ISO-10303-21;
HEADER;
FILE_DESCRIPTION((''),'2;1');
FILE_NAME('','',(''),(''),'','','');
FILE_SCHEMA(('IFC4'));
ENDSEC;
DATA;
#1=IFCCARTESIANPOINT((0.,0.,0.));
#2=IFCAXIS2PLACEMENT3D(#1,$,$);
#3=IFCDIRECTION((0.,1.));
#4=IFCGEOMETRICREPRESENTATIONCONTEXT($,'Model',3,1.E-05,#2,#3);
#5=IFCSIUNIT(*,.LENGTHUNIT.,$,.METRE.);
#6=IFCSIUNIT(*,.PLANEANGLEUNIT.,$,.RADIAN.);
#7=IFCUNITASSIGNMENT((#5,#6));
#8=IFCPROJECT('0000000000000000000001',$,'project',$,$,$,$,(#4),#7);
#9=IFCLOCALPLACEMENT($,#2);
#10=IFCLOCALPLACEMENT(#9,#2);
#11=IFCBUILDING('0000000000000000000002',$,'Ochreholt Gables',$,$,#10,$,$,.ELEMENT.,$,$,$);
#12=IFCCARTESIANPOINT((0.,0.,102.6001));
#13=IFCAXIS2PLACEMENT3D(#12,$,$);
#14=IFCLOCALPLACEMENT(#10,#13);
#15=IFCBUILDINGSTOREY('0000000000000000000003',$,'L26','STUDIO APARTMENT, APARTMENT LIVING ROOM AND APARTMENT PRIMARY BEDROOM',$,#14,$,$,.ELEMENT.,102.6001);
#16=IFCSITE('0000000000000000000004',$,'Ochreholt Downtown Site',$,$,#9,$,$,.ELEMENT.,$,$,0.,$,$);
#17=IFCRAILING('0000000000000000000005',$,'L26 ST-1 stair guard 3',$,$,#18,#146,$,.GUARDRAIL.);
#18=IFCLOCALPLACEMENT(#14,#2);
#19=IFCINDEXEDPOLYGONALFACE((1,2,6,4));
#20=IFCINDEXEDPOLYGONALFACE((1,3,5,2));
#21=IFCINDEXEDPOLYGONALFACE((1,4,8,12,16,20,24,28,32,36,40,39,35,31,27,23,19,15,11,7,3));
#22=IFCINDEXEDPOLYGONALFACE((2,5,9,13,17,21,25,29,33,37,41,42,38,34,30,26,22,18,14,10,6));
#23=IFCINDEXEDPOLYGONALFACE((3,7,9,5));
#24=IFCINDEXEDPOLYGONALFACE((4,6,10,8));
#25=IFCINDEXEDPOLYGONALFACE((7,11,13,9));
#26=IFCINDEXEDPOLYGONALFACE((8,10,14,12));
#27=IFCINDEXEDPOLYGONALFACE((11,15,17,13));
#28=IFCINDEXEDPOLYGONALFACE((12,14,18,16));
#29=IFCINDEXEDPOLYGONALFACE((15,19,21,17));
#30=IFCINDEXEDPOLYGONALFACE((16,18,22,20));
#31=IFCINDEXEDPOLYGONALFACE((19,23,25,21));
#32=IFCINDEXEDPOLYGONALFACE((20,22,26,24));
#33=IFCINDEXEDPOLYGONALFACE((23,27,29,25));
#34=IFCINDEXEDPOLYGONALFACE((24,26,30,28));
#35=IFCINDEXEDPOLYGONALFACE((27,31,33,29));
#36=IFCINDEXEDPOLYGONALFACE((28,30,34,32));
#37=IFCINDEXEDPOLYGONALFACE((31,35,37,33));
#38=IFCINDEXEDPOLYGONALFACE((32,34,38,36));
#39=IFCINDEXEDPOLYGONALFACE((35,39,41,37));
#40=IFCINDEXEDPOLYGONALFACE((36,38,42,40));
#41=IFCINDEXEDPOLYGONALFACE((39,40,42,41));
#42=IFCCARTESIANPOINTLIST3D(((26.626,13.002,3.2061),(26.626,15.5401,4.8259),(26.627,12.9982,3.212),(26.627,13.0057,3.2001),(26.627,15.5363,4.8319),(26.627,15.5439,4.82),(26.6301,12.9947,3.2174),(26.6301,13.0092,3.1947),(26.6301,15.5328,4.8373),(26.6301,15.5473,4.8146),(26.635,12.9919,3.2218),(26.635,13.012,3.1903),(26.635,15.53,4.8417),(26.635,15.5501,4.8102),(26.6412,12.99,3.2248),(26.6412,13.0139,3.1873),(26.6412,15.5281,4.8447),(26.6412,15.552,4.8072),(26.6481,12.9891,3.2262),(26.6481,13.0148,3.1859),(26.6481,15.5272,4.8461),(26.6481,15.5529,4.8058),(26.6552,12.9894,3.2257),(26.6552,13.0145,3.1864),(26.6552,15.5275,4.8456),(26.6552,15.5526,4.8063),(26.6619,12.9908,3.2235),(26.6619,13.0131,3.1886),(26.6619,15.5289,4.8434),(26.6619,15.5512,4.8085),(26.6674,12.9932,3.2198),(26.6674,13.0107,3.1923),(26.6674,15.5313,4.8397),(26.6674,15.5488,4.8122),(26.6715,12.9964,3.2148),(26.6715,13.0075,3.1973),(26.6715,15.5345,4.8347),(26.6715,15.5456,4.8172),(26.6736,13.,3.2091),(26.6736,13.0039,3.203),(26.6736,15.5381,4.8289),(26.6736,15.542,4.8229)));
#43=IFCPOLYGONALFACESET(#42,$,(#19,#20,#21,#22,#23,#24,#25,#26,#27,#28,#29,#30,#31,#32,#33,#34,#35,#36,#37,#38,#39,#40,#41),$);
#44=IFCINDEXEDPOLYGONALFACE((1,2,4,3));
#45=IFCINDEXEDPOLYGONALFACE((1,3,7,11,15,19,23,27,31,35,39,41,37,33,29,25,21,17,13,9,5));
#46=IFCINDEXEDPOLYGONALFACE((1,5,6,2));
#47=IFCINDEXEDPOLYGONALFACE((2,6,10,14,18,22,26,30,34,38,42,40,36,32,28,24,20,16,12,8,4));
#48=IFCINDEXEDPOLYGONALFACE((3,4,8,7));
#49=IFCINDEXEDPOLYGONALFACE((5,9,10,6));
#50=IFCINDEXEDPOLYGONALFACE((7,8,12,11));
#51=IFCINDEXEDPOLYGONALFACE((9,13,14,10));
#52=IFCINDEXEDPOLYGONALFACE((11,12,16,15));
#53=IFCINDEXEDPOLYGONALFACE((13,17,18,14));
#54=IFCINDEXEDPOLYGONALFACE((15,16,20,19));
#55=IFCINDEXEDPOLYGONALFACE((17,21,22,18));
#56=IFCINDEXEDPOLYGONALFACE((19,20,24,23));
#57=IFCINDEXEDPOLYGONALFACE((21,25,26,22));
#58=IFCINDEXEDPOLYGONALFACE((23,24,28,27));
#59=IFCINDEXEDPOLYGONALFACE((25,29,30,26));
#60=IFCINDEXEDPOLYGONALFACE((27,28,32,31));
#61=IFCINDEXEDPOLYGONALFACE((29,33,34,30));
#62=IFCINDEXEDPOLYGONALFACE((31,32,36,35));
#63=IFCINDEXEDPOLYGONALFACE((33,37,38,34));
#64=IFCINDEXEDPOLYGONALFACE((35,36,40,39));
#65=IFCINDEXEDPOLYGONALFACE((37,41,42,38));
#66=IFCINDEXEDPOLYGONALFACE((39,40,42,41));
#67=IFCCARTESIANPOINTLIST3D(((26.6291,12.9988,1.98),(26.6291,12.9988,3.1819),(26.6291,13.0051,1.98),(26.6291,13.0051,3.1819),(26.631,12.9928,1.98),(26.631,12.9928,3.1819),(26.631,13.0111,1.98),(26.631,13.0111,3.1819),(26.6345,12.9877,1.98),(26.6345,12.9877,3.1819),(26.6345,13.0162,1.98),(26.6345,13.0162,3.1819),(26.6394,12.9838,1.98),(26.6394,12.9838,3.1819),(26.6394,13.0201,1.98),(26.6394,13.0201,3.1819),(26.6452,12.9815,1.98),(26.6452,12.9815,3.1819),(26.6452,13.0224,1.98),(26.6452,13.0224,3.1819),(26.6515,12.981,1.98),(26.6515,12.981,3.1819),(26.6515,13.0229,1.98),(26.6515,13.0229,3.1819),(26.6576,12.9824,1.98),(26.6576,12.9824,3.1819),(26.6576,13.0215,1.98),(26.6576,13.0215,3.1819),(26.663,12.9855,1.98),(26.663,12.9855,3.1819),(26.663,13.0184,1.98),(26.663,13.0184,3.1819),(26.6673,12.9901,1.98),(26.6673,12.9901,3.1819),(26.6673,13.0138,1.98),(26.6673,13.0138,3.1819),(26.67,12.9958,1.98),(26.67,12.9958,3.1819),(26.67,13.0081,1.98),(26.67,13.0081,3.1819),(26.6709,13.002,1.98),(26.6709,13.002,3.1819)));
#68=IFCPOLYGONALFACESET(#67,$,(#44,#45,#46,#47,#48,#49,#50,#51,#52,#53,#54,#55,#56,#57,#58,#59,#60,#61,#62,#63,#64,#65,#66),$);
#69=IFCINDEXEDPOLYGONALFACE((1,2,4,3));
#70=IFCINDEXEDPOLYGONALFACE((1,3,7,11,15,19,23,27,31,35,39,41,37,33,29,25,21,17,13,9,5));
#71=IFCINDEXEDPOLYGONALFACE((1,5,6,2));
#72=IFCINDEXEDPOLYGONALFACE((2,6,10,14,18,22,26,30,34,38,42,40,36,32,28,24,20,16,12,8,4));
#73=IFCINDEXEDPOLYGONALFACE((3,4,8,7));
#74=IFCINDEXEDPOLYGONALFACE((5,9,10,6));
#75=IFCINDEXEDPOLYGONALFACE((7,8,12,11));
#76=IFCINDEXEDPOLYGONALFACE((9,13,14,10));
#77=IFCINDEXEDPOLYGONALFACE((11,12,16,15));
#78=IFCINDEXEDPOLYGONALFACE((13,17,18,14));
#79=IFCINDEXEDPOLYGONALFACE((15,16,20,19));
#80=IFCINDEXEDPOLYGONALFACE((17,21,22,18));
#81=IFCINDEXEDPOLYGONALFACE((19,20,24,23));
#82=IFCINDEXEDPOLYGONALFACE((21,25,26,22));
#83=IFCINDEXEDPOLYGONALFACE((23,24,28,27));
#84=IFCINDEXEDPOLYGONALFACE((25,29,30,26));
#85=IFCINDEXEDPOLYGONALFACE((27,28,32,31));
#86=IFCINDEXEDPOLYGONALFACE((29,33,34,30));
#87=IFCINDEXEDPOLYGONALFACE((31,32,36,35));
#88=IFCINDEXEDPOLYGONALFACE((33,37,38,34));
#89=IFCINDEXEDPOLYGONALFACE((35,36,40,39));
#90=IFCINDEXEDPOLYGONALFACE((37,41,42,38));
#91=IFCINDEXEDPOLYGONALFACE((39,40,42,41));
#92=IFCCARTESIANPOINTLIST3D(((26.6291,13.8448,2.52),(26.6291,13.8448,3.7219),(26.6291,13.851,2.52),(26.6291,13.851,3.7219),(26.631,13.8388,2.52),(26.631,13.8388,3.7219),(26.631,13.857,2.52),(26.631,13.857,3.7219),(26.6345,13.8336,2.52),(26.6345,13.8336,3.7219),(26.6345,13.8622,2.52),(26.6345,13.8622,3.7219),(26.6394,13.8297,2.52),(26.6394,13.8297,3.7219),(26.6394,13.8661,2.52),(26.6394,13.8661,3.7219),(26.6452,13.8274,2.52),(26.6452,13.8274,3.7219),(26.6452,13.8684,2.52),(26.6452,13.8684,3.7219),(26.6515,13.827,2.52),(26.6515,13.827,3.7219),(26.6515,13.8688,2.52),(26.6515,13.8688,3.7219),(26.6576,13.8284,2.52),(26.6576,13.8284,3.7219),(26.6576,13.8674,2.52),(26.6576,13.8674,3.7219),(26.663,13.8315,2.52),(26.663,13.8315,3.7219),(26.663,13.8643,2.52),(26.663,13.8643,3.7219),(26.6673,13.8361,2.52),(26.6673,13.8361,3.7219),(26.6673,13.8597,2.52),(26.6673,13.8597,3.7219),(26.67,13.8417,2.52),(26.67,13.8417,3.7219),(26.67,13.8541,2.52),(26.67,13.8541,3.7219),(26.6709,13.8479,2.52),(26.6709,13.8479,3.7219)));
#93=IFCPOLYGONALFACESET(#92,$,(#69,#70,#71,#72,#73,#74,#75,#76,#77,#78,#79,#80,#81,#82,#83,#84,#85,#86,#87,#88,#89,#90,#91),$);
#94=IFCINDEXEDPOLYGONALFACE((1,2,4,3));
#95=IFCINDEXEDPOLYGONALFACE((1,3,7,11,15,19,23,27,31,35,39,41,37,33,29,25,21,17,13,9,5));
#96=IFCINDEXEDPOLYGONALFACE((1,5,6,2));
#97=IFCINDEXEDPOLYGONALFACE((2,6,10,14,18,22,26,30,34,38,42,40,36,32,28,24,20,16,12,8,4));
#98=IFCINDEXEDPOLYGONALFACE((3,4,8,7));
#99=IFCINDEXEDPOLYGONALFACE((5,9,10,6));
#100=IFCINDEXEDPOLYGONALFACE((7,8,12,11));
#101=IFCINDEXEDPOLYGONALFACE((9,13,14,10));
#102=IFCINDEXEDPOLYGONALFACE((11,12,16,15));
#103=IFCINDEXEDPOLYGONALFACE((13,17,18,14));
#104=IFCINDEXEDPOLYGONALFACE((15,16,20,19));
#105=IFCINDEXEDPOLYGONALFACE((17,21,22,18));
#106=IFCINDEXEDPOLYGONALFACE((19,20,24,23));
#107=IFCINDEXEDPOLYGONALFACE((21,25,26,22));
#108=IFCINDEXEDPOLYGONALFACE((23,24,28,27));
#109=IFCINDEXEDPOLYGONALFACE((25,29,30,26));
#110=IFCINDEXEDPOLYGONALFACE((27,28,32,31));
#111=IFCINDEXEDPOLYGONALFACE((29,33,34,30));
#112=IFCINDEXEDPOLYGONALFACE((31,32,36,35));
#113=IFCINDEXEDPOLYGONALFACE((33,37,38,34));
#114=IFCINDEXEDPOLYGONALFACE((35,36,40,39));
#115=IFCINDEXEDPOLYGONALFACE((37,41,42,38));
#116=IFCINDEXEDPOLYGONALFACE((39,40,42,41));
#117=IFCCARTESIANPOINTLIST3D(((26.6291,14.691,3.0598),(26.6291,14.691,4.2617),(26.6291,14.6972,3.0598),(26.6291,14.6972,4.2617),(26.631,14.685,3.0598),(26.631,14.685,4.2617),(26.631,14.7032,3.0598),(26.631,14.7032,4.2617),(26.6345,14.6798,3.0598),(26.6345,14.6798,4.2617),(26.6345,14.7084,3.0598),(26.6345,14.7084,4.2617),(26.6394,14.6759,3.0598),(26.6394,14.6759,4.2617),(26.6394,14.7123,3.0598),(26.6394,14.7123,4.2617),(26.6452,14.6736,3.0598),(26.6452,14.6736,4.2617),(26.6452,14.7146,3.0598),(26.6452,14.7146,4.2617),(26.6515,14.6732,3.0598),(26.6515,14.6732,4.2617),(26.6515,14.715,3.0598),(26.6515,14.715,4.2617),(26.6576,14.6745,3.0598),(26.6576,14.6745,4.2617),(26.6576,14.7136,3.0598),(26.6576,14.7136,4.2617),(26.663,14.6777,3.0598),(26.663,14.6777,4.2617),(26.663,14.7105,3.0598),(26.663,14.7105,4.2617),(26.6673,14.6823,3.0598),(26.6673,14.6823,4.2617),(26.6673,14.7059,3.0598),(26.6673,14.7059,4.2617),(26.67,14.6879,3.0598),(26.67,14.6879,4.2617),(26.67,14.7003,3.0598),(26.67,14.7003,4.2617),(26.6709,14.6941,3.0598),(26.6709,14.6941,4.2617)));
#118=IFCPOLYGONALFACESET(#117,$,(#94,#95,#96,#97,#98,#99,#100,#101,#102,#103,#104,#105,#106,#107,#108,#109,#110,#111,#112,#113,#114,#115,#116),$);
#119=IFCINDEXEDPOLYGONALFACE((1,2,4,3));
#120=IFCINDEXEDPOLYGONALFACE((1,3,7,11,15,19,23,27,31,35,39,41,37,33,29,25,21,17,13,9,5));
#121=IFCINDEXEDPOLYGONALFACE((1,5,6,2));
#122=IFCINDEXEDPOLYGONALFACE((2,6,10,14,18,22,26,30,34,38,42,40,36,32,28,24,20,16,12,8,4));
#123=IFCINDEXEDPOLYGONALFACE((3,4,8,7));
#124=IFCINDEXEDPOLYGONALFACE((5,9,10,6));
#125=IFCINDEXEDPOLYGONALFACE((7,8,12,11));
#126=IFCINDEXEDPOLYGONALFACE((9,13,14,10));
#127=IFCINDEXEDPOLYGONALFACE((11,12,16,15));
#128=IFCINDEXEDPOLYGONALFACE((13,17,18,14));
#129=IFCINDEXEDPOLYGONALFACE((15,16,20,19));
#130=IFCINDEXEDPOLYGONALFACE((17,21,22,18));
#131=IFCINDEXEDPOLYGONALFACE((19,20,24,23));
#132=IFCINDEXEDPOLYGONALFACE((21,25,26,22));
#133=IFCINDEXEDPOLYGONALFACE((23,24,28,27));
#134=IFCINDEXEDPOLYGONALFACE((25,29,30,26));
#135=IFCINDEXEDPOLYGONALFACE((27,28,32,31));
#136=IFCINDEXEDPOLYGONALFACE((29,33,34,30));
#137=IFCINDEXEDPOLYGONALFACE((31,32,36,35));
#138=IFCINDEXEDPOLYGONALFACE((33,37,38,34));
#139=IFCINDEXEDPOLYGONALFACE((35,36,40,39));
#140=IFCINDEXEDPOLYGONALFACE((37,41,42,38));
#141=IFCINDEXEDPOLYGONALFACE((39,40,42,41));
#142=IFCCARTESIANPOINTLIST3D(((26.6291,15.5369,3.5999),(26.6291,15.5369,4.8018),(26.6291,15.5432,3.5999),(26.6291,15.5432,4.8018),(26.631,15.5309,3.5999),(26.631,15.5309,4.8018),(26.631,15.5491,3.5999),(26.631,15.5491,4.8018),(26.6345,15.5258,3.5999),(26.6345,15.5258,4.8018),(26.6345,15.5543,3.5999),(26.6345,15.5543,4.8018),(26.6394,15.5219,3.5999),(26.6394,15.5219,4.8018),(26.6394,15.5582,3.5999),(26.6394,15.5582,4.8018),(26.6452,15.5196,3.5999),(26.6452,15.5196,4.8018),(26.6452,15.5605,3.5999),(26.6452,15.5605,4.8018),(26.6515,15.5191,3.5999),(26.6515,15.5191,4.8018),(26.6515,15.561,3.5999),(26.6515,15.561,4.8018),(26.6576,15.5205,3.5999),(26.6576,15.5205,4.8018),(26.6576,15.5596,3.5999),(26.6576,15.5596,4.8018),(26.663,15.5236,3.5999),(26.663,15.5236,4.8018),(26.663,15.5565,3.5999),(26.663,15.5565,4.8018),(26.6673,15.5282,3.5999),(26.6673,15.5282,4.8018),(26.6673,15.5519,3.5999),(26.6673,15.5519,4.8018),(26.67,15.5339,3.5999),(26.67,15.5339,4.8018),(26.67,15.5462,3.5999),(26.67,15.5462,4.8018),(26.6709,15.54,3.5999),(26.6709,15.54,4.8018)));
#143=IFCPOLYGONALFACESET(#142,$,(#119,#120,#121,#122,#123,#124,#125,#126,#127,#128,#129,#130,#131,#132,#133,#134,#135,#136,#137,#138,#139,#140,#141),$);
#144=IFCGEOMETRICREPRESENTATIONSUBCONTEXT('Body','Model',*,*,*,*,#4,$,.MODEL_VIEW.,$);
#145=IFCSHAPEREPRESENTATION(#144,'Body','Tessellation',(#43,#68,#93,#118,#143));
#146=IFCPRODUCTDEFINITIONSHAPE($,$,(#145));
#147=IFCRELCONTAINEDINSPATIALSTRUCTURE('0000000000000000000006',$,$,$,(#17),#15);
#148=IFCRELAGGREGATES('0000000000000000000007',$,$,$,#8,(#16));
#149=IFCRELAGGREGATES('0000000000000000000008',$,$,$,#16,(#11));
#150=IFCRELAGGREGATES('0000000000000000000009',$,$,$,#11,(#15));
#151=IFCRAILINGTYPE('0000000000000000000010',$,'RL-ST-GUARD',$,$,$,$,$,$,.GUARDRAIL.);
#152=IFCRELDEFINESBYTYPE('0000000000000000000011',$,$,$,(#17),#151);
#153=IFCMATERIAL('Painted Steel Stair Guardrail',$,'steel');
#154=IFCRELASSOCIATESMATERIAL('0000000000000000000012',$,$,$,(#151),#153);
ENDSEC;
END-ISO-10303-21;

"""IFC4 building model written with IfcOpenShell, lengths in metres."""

from ifc_helpers import new_model, si_unit, direction, frame, origin, origin_2d, place, context, subcontext, project, spatial, circle, extrude, material, type_object, element, save


model = new_model("IFC4")

# Units and contexts
model_context = context("Model", 3, precision=1e-05, world=origin(), true_north=direction((0.0, 1.0)))
body_context = subcontext(model_context, "Body", "Model", "MODEL_VIEW")
ifc_project = project(units=[si_unit("LENGTHUNIT", "METRE"), si_unit("PLANEANGLEUNIT", "RADIAN")], contexts=[model_context])

# Site, building, storey
site_placement = place(None, origin())
site = spatial("IfcSite", under=ifc_project, at=site_placement, Name="Ochreholt Downtown Site", CompositionType="ELEMENT", RefElevation=0.0)
building_placement = place(site_placement, origin())
building = spatial("IfcBuilding", under=site, at=building_placement, Name="Ochreholt Gables", CompositionType="ELEMENT")
storey_placement = place(building_placement, frame((0.0, 0.0, 102.6001)))
storey = spatial("IfcBuildingStorey", under=building, at=storey_placement, Name="L26", Description="STUDIO APARTMENT, APARTMENT LIVING ROOM AND APARTMENT PRIMARY BEDROOM", CompositionType="ELEMENT", Elevation=102.6001)

# Railing
ifc_material_1 = material(Name="Painted Steel Stair Guardrail", Category="steel")
railing_type_1 = type_object("IfcRailingType", Name="RL-ST-GUARD", PredefinedType="GUARDRAIL", material=ifc_material_1)
railing_1_placement = place(storey_placement, frame((26.6499, 13.002, 1.98)))
element("IfcRailing", 1, at=railing_1_placement, inside=storey, type_object=railing_type_1, Name="L26 ST-1 stair guard 3", PredefinedType="GUARDRAIL", context=body_context, shape_type="SweptSolid", body=[
    extrude(circle(Radius=0.0239, at=origin_2d()), frame((0.0, 0.0, 1.2261), z_axis=(0.0, 0.84295, 0.537993), x_axis=(-1.0, 0.0, 0.0)), (0.0, 0.0, 1.0), 3.011),
    extrude(circle(Radius=0.021, at=origin_2d()), origin(), (0.0, 0.0, 1.0), 1.2019),
    extrude(circle(Radius=0.021, at=origin_2d()), frame((0.0, 0.8459, 0.54)), (0.0, 0.0, 1.0), 1.2019),
    extrude(circle(Radius=0.021, at=origin_2d()), frame((0.0, 1.6921, 1.0798)), (0.0, 0.0, 1.0), 1.2019),
    extrude(circle(Radius=0.021, at=origin_2d()), frame((0.0, 2.5381, 1.6199)), (0.0, 0.0, 1.0), 1.2019),
])

save(model, "model.ifc")
